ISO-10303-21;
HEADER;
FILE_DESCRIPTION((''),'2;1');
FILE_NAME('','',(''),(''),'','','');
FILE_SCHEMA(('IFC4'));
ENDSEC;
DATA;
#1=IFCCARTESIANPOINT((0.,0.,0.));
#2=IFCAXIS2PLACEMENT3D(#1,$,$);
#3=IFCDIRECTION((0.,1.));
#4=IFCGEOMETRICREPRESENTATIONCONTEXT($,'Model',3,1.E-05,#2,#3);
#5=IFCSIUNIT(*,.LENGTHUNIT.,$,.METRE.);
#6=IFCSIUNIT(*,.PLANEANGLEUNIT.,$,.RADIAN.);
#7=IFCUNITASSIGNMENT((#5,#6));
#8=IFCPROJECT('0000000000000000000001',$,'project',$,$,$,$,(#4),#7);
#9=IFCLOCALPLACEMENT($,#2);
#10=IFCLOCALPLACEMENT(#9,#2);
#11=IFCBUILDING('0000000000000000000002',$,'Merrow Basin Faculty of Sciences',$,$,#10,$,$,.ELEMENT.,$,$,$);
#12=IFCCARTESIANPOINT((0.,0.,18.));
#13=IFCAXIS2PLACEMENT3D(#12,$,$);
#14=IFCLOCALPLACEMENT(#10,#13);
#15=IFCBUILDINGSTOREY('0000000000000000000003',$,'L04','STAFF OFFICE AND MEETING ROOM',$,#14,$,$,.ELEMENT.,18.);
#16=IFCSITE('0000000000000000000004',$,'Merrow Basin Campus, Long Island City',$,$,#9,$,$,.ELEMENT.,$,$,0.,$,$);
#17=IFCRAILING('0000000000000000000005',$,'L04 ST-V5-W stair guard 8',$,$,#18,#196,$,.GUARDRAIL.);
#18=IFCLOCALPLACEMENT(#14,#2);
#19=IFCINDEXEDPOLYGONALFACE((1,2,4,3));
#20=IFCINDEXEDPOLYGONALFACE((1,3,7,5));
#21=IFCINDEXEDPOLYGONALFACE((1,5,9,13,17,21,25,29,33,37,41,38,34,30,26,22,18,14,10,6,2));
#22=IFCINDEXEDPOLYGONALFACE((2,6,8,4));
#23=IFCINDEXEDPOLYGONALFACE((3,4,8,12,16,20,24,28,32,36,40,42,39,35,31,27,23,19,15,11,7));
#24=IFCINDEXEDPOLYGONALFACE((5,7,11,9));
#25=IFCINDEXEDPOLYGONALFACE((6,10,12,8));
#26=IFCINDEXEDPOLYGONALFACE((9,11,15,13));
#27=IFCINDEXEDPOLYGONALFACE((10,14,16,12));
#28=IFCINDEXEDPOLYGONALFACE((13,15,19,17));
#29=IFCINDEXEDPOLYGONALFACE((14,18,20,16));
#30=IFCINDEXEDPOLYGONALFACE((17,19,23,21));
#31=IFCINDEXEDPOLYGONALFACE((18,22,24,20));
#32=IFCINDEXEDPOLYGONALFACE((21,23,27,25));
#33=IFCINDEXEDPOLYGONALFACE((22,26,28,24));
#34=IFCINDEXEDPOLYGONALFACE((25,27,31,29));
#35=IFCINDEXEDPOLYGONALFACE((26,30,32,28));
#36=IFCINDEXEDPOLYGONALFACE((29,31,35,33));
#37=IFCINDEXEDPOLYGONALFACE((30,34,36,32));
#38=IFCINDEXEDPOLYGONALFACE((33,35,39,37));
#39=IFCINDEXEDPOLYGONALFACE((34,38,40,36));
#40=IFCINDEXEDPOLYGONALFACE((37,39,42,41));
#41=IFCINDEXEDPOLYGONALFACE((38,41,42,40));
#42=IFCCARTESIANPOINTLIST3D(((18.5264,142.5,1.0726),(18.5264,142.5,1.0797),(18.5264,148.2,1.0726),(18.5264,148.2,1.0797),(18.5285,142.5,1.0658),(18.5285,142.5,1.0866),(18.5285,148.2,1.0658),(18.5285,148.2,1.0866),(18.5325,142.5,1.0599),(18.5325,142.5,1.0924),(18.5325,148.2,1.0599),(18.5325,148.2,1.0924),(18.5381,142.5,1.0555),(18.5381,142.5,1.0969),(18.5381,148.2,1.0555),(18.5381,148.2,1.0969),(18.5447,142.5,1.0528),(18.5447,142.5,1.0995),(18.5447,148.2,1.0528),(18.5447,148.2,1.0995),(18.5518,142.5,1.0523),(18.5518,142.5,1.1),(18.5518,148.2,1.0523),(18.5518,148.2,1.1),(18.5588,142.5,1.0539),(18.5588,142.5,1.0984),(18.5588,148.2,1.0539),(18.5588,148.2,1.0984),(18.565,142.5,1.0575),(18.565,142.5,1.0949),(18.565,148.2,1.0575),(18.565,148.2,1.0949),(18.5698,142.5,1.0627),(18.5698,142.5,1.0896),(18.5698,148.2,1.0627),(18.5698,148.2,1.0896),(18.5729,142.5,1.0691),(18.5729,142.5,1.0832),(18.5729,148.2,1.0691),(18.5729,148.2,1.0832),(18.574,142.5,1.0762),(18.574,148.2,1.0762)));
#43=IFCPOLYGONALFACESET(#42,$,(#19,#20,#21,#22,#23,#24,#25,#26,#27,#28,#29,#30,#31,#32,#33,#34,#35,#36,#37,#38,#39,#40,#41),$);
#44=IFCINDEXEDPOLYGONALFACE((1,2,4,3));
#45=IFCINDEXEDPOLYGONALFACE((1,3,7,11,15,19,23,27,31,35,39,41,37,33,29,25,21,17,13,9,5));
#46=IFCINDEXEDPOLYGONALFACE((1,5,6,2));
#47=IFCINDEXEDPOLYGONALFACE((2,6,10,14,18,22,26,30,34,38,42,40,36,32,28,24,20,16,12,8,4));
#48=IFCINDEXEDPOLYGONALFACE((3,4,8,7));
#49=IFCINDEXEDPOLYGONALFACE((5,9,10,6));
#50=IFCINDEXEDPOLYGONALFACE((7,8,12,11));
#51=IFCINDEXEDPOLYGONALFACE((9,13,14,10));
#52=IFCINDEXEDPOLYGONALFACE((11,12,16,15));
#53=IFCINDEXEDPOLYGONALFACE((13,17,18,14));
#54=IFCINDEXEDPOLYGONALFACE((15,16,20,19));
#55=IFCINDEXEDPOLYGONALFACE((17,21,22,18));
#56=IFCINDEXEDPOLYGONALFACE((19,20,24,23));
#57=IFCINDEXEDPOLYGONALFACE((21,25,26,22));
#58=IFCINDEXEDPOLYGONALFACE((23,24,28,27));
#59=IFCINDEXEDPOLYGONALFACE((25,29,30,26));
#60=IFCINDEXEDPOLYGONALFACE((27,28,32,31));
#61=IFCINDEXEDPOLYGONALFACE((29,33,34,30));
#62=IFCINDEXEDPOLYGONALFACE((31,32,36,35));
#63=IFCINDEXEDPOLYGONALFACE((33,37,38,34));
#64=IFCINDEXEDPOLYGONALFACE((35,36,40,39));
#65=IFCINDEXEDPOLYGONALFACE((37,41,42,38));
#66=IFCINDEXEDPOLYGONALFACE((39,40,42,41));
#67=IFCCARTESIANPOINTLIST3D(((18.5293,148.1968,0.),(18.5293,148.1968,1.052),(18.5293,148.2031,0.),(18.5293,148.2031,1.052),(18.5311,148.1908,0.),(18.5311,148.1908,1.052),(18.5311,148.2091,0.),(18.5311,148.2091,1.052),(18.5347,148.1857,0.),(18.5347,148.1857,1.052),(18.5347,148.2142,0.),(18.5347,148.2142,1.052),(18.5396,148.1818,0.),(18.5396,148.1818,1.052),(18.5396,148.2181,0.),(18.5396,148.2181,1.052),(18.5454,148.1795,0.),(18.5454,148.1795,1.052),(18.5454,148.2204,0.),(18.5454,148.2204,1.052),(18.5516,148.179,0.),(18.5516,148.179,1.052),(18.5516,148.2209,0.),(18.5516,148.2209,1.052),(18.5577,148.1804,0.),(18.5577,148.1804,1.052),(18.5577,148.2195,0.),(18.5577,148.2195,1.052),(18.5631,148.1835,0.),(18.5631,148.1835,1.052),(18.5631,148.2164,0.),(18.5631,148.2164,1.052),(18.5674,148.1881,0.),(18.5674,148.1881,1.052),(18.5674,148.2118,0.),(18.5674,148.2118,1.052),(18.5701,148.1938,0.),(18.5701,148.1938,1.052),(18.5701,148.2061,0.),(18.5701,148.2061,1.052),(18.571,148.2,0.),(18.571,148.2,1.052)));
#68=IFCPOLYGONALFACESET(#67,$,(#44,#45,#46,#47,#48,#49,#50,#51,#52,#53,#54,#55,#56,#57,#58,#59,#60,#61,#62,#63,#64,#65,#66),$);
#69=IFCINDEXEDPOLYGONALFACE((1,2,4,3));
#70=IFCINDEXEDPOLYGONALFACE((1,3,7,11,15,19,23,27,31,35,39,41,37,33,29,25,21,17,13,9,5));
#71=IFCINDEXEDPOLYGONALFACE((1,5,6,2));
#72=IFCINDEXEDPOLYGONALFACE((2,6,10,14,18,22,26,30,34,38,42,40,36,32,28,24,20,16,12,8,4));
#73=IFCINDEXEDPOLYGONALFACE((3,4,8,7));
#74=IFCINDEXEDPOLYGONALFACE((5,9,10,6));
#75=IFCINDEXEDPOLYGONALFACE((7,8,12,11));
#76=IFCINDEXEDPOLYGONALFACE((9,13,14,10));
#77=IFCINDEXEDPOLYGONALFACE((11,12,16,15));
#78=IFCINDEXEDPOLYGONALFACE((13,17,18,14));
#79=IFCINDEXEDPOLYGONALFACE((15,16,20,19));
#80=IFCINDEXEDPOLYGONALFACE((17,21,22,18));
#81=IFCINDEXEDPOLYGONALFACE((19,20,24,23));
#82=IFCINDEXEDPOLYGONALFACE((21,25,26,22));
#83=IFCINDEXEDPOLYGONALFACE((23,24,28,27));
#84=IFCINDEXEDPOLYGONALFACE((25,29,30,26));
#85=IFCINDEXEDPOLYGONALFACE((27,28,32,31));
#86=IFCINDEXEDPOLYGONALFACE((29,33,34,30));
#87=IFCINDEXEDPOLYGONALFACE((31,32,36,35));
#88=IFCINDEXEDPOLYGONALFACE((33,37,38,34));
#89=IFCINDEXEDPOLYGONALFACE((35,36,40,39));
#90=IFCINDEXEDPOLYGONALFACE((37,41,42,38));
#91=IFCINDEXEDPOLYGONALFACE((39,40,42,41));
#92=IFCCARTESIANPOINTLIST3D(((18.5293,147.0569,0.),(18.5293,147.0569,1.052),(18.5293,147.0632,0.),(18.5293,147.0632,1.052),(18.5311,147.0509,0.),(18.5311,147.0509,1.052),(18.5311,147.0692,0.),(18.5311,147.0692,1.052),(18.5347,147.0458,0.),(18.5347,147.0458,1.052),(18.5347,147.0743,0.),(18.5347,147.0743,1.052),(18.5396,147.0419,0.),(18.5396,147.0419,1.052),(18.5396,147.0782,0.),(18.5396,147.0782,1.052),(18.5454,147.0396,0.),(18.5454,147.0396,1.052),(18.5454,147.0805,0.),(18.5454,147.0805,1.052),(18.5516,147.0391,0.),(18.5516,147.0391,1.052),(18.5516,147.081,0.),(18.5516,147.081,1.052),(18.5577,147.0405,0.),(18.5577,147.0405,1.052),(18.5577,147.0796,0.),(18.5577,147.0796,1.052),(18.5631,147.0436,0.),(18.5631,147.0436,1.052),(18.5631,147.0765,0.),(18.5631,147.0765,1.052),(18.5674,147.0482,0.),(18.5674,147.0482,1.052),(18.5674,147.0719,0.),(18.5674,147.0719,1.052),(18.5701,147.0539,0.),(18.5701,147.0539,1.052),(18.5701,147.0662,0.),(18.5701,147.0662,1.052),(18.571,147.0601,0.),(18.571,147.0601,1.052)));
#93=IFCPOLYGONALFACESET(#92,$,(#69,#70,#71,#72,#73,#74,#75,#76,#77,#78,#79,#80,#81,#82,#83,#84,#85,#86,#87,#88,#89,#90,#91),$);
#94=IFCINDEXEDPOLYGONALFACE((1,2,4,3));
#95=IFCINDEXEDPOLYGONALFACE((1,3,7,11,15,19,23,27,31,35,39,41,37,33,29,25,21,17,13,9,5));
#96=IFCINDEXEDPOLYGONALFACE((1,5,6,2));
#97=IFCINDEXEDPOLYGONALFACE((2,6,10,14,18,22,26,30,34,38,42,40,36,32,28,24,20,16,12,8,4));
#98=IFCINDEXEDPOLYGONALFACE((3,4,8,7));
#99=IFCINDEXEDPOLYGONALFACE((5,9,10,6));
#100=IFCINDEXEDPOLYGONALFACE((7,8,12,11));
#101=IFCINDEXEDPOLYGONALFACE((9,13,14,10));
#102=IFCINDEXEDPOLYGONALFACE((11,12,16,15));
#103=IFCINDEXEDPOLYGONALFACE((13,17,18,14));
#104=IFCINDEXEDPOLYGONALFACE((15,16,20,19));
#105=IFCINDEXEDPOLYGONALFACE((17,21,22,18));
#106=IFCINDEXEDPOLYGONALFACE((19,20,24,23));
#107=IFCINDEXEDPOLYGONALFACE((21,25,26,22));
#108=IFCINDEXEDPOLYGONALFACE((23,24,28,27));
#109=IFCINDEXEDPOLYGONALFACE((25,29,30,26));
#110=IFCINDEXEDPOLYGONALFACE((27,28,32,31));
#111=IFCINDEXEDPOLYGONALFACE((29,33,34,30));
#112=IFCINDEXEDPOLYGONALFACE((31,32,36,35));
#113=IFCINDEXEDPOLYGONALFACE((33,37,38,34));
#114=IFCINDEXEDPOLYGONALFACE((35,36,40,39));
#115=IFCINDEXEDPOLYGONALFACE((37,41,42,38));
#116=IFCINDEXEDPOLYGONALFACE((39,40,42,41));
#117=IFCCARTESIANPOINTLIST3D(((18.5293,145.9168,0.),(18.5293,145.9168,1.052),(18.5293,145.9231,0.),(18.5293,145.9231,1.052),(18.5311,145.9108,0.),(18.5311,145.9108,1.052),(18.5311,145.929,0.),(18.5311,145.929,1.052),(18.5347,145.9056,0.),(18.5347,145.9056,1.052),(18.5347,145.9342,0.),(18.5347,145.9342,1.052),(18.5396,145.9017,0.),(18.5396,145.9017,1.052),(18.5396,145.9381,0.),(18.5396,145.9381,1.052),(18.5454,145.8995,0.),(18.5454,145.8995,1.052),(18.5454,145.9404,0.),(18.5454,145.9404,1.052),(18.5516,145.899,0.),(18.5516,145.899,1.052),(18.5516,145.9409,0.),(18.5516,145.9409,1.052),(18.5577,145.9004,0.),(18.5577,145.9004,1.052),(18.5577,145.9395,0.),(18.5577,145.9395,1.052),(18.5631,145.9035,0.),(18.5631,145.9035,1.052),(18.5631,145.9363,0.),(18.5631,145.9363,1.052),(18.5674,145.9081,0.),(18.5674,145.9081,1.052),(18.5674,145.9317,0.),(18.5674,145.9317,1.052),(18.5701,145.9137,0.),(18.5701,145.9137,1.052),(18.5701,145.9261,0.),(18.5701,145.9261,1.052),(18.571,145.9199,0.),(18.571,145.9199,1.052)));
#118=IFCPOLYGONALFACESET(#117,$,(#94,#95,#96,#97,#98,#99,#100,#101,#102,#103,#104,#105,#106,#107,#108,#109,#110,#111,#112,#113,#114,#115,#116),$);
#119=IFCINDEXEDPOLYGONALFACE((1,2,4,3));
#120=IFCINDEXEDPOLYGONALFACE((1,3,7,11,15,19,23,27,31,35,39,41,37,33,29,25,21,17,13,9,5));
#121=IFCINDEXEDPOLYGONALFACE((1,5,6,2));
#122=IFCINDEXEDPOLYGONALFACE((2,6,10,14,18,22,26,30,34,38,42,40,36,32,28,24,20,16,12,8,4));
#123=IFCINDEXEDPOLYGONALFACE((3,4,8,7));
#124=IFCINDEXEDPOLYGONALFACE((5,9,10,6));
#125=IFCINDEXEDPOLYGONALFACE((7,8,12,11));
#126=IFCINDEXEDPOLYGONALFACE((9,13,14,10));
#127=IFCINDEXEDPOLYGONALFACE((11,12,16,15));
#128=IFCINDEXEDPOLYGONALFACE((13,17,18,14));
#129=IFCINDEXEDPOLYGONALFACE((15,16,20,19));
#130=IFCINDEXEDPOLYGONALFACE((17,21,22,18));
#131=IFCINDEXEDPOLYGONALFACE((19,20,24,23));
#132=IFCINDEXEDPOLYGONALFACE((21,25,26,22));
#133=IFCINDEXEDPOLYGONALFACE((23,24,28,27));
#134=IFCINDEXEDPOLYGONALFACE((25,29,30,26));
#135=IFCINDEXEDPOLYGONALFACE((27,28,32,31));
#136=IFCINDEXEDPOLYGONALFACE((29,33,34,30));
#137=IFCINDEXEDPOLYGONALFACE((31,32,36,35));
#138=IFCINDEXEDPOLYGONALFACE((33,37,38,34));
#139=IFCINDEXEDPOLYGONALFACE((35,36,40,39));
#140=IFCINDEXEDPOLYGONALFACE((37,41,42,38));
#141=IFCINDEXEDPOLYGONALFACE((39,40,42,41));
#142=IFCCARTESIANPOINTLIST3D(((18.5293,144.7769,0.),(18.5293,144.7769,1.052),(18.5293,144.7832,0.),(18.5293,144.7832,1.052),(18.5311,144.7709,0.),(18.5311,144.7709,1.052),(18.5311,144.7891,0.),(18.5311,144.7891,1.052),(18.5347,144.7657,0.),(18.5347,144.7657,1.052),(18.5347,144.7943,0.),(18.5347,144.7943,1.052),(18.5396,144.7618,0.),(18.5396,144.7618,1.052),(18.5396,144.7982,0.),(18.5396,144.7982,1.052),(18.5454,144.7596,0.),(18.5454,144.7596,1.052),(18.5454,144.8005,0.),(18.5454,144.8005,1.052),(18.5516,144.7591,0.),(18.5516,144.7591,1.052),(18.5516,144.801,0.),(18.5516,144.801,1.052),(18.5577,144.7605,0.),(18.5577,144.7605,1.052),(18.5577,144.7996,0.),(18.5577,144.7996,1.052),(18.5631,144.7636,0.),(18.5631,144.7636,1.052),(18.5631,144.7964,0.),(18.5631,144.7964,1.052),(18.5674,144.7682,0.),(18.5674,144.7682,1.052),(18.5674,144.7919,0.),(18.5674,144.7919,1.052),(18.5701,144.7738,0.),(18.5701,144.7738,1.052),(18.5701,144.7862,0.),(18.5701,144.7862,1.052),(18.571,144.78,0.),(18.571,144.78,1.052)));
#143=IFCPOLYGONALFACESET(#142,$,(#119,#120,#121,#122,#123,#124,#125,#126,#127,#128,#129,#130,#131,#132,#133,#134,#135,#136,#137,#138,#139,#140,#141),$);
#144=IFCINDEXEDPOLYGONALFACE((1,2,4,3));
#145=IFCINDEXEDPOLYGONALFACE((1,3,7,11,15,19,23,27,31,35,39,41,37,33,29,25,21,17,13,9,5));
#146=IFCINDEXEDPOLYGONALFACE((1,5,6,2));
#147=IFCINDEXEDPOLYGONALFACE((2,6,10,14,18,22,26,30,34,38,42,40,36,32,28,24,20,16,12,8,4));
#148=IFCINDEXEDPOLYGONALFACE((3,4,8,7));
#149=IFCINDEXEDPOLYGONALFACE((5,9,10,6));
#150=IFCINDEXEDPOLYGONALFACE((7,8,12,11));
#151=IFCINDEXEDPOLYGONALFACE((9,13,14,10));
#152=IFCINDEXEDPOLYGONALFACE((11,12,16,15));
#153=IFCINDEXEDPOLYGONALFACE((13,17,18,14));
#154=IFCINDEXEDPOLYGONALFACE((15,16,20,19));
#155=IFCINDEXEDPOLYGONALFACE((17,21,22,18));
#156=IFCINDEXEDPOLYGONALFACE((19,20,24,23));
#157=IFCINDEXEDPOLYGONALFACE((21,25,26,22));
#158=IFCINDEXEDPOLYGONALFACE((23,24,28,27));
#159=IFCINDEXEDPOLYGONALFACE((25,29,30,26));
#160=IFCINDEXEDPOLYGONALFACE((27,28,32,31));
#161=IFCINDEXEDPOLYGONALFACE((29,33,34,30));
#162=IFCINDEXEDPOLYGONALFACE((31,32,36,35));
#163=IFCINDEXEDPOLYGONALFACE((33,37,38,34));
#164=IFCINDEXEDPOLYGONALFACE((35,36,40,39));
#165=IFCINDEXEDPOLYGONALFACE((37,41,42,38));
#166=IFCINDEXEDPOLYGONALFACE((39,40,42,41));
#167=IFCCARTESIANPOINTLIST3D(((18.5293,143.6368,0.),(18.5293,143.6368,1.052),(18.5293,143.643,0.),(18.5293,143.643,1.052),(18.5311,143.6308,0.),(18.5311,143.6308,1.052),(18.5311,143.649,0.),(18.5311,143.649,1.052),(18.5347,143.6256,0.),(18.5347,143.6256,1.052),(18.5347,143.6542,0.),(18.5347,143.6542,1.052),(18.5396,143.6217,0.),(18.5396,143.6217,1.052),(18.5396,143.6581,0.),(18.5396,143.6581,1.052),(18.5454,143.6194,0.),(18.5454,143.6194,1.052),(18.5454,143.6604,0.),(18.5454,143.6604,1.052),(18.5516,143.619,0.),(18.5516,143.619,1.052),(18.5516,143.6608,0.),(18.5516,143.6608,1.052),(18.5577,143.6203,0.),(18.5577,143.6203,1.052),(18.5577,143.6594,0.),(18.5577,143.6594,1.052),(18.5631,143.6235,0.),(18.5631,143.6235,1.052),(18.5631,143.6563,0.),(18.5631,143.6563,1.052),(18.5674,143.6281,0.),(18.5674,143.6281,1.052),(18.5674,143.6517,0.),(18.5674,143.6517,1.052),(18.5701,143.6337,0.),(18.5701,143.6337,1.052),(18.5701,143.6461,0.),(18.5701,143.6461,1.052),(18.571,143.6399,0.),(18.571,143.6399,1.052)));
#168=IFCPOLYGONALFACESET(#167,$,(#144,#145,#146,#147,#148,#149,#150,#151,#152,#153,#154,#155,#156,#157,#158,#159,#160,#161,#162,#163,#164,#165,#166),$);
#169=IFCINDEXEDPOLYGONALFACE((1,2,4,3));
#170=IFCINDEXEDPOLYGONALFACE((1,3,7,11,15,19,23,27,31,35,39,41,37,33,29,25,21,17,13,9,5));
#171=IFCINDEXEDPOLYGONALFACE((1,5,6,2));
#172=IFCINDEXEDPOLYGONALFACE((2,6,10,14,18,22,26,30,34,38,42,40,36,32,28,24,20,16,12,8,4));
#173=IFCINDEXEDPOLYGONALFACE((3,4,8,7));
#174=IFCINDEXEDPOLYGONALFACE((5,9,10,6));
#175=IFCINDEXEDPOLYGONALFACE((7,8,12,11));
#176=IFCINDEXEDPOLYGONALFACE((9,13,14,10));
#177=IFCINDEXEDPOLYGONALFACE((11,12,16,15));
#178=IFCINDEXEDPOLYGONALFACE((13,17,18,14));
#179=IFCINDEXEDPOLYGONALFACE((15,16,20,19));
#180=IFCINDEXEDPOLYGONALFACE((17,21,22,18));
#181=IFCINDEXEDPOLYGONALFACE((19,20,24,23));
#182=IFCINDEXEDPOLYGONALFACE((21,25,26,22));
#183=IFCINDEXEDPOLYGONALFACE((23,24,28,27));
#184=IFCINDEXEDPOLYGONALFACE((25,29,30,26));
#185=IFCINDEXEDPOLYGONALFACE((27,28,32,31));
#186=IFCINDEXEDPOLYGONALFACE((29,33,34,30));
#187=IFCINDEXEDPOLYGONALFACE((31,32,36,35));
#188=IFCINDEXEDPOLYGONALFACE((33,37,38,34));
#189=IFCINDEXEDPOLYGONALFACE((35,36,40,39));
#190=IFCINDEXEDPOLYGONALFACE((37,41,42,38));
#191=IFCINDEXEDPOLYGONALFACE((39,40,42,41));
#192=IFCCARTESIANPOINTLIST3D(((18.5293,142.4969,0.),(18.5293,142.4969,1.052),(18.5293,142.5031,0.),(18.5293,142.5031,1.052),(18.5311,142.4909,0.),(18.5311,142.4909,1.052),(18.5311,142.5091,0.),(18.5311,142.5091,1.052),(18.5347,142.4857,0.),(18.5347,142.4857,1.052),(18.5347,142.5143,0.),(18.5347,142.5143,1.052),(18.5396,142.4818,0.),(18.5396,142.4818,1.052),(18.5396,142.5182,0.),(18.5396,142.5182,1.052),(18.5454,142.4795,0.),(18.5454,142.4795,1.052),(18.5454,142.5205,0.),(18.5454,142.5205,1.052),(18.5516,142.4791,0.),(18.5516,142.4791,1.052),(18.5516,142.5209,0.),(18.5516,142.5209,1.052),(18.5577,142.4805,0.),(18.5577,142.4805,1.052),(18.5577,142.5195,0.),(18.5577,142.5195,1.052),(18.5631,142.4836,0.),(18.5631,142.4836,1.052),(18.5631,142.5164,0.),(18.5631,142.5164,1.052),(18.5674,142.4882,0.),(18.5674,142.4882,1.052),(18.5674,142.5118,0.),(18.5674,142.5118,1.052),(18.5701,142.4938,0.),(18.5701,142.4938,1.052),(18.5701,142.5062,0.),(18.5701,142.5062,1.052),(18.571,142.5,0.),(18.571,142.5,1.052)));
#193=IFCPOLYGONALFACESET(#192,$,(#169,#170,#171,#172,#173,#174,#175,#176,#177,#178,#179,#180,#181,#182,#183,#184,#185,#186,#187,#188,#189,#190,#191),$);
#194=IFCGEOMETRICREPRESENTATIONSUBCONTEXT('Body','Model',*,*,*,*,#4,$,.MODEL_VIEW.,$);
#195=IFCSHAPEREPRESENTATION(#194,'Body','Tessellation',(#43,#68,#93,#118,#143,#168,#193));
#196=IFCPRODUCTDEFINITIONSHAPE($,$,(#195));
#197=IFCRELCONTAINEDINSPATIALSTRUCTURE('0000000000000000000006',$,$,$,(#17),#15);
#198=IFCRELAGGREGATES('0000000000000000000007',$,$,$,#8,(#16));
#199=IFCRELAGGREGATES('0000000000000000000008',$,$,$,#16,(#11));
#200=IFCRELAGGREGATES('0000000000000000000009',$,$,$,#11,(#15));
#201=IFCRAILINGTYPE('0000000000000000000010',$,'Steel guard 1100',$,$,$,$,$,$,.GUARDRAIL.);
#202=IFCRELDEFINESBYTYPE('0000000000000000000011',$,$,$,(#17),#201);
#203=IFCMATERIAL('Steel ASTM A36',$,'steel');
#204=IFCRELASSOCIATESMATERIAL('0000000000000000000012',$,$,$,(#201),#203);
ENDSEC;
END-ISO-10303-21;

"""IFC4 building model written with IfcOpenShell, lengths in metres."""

from ifc_helpers import new_model, si_unit, direction, frame, origin, origin_2d, place, context, subcontext, project, spatial, circle, extrude, material, type_object, element, save


model = new_model("IFC4")

# Units and contexts
model_context = context("Model", 3, precision=1e-05, world=origin(), true_north=direction((0.0, 1.0)))
body_context = subcontext(model_context, "Body", "Model", "MODEL_VIEW")
ifc_project = project(units=[si_unit("LENGTHUNIT", "METRE"), si_unit("PLANEANGLEUNIT", "RADIAN")], contexts=[model_context])

# Site, building, storey
site_placement = place(None, origin())
site = spatial("IfcSite", under=ifc_project, at=site_placement, Name="Merrow Basin Campus, Long Island City", CompositionType="ELEMENT", RefElevation=0.0)
building_placement = place(site_placement, origin())
building = spatial("IfcBuilding", under=site, at=building_placement, Name="Merrow Basin Faculty of Sciences", CompositionType="ELEMENT")
storey_placement = place(building_placement, frame((0.0, 0.0, 18.0)))
storey = spatial("IfcBuildingStorey", under=building, at=storey_placement, Name="L04", Description="STAFF OFFICE AND MEETING ROOM", CompositionType="ELEMENT", Elevation=18.0)

# Railing
ifc_material_1 = material(Name="Steel ASTM A36", Category="steel")
railing_type_1 = type_object("IfcRailingType", Name="Steel guard 1100", PredefinedType="GUARDRAIL", material=ifc_material_1)
railing_1_placement = place(storey_placement, frame((18.55, 148.2, 0.0)))
element("IfcRailing", 1, at=railing_1_placement, inside=storey, type_object=railing_type_1, Name="L04 ST-V5-W stair guard 8", PredefinedType="GUARDRAIL", context=body_context, shape_type="SweptSolid", body=[
    extrude(circle(Radius=0.0239, at=origin_2d()), frame((0.0, 0.0, 1.0762), z_axis=(0.0, -1.0, 0.0), x_axis=(1.0, 0.0, 0.0)), (0.0, 0.0, 1.0), 5.7),
    extrude(circle(Radius=0.021, at=origin_2d()), origin(), (0.0, 0.0, 1.0), 1.052),
    extrude(circle(Radius=0.021, at=origin_2d()), frame((0.0, -1.1399, 0.0)), (0.0, 0.0, 1.0), 1.052),
    extrude(circle(Radius=0.021, at=origin_2d()), frame((0.0, -2.28, 0.0)), (0.0, 0.0, 1.0), 1.052),
    extrude(circle(Radius=0.021, at=origin_2d()), frame((0.0, -3.4199, 0.0)), (0.0, 0.0, 1.0), 1.052),
    extrude(circle(Radius=0.021, at=origin_2d()), frame((0.0, -4.5601, 0.0)), (0.0, 0.0, 1.0), 1.052),
    extrude(circle(Radius=0.021, at=origin_2d()), frame((0.0, -5.7, 0.0)), (0.0, 0.0, 1.0), 1.052),
])

save(model, "model.ifc")
